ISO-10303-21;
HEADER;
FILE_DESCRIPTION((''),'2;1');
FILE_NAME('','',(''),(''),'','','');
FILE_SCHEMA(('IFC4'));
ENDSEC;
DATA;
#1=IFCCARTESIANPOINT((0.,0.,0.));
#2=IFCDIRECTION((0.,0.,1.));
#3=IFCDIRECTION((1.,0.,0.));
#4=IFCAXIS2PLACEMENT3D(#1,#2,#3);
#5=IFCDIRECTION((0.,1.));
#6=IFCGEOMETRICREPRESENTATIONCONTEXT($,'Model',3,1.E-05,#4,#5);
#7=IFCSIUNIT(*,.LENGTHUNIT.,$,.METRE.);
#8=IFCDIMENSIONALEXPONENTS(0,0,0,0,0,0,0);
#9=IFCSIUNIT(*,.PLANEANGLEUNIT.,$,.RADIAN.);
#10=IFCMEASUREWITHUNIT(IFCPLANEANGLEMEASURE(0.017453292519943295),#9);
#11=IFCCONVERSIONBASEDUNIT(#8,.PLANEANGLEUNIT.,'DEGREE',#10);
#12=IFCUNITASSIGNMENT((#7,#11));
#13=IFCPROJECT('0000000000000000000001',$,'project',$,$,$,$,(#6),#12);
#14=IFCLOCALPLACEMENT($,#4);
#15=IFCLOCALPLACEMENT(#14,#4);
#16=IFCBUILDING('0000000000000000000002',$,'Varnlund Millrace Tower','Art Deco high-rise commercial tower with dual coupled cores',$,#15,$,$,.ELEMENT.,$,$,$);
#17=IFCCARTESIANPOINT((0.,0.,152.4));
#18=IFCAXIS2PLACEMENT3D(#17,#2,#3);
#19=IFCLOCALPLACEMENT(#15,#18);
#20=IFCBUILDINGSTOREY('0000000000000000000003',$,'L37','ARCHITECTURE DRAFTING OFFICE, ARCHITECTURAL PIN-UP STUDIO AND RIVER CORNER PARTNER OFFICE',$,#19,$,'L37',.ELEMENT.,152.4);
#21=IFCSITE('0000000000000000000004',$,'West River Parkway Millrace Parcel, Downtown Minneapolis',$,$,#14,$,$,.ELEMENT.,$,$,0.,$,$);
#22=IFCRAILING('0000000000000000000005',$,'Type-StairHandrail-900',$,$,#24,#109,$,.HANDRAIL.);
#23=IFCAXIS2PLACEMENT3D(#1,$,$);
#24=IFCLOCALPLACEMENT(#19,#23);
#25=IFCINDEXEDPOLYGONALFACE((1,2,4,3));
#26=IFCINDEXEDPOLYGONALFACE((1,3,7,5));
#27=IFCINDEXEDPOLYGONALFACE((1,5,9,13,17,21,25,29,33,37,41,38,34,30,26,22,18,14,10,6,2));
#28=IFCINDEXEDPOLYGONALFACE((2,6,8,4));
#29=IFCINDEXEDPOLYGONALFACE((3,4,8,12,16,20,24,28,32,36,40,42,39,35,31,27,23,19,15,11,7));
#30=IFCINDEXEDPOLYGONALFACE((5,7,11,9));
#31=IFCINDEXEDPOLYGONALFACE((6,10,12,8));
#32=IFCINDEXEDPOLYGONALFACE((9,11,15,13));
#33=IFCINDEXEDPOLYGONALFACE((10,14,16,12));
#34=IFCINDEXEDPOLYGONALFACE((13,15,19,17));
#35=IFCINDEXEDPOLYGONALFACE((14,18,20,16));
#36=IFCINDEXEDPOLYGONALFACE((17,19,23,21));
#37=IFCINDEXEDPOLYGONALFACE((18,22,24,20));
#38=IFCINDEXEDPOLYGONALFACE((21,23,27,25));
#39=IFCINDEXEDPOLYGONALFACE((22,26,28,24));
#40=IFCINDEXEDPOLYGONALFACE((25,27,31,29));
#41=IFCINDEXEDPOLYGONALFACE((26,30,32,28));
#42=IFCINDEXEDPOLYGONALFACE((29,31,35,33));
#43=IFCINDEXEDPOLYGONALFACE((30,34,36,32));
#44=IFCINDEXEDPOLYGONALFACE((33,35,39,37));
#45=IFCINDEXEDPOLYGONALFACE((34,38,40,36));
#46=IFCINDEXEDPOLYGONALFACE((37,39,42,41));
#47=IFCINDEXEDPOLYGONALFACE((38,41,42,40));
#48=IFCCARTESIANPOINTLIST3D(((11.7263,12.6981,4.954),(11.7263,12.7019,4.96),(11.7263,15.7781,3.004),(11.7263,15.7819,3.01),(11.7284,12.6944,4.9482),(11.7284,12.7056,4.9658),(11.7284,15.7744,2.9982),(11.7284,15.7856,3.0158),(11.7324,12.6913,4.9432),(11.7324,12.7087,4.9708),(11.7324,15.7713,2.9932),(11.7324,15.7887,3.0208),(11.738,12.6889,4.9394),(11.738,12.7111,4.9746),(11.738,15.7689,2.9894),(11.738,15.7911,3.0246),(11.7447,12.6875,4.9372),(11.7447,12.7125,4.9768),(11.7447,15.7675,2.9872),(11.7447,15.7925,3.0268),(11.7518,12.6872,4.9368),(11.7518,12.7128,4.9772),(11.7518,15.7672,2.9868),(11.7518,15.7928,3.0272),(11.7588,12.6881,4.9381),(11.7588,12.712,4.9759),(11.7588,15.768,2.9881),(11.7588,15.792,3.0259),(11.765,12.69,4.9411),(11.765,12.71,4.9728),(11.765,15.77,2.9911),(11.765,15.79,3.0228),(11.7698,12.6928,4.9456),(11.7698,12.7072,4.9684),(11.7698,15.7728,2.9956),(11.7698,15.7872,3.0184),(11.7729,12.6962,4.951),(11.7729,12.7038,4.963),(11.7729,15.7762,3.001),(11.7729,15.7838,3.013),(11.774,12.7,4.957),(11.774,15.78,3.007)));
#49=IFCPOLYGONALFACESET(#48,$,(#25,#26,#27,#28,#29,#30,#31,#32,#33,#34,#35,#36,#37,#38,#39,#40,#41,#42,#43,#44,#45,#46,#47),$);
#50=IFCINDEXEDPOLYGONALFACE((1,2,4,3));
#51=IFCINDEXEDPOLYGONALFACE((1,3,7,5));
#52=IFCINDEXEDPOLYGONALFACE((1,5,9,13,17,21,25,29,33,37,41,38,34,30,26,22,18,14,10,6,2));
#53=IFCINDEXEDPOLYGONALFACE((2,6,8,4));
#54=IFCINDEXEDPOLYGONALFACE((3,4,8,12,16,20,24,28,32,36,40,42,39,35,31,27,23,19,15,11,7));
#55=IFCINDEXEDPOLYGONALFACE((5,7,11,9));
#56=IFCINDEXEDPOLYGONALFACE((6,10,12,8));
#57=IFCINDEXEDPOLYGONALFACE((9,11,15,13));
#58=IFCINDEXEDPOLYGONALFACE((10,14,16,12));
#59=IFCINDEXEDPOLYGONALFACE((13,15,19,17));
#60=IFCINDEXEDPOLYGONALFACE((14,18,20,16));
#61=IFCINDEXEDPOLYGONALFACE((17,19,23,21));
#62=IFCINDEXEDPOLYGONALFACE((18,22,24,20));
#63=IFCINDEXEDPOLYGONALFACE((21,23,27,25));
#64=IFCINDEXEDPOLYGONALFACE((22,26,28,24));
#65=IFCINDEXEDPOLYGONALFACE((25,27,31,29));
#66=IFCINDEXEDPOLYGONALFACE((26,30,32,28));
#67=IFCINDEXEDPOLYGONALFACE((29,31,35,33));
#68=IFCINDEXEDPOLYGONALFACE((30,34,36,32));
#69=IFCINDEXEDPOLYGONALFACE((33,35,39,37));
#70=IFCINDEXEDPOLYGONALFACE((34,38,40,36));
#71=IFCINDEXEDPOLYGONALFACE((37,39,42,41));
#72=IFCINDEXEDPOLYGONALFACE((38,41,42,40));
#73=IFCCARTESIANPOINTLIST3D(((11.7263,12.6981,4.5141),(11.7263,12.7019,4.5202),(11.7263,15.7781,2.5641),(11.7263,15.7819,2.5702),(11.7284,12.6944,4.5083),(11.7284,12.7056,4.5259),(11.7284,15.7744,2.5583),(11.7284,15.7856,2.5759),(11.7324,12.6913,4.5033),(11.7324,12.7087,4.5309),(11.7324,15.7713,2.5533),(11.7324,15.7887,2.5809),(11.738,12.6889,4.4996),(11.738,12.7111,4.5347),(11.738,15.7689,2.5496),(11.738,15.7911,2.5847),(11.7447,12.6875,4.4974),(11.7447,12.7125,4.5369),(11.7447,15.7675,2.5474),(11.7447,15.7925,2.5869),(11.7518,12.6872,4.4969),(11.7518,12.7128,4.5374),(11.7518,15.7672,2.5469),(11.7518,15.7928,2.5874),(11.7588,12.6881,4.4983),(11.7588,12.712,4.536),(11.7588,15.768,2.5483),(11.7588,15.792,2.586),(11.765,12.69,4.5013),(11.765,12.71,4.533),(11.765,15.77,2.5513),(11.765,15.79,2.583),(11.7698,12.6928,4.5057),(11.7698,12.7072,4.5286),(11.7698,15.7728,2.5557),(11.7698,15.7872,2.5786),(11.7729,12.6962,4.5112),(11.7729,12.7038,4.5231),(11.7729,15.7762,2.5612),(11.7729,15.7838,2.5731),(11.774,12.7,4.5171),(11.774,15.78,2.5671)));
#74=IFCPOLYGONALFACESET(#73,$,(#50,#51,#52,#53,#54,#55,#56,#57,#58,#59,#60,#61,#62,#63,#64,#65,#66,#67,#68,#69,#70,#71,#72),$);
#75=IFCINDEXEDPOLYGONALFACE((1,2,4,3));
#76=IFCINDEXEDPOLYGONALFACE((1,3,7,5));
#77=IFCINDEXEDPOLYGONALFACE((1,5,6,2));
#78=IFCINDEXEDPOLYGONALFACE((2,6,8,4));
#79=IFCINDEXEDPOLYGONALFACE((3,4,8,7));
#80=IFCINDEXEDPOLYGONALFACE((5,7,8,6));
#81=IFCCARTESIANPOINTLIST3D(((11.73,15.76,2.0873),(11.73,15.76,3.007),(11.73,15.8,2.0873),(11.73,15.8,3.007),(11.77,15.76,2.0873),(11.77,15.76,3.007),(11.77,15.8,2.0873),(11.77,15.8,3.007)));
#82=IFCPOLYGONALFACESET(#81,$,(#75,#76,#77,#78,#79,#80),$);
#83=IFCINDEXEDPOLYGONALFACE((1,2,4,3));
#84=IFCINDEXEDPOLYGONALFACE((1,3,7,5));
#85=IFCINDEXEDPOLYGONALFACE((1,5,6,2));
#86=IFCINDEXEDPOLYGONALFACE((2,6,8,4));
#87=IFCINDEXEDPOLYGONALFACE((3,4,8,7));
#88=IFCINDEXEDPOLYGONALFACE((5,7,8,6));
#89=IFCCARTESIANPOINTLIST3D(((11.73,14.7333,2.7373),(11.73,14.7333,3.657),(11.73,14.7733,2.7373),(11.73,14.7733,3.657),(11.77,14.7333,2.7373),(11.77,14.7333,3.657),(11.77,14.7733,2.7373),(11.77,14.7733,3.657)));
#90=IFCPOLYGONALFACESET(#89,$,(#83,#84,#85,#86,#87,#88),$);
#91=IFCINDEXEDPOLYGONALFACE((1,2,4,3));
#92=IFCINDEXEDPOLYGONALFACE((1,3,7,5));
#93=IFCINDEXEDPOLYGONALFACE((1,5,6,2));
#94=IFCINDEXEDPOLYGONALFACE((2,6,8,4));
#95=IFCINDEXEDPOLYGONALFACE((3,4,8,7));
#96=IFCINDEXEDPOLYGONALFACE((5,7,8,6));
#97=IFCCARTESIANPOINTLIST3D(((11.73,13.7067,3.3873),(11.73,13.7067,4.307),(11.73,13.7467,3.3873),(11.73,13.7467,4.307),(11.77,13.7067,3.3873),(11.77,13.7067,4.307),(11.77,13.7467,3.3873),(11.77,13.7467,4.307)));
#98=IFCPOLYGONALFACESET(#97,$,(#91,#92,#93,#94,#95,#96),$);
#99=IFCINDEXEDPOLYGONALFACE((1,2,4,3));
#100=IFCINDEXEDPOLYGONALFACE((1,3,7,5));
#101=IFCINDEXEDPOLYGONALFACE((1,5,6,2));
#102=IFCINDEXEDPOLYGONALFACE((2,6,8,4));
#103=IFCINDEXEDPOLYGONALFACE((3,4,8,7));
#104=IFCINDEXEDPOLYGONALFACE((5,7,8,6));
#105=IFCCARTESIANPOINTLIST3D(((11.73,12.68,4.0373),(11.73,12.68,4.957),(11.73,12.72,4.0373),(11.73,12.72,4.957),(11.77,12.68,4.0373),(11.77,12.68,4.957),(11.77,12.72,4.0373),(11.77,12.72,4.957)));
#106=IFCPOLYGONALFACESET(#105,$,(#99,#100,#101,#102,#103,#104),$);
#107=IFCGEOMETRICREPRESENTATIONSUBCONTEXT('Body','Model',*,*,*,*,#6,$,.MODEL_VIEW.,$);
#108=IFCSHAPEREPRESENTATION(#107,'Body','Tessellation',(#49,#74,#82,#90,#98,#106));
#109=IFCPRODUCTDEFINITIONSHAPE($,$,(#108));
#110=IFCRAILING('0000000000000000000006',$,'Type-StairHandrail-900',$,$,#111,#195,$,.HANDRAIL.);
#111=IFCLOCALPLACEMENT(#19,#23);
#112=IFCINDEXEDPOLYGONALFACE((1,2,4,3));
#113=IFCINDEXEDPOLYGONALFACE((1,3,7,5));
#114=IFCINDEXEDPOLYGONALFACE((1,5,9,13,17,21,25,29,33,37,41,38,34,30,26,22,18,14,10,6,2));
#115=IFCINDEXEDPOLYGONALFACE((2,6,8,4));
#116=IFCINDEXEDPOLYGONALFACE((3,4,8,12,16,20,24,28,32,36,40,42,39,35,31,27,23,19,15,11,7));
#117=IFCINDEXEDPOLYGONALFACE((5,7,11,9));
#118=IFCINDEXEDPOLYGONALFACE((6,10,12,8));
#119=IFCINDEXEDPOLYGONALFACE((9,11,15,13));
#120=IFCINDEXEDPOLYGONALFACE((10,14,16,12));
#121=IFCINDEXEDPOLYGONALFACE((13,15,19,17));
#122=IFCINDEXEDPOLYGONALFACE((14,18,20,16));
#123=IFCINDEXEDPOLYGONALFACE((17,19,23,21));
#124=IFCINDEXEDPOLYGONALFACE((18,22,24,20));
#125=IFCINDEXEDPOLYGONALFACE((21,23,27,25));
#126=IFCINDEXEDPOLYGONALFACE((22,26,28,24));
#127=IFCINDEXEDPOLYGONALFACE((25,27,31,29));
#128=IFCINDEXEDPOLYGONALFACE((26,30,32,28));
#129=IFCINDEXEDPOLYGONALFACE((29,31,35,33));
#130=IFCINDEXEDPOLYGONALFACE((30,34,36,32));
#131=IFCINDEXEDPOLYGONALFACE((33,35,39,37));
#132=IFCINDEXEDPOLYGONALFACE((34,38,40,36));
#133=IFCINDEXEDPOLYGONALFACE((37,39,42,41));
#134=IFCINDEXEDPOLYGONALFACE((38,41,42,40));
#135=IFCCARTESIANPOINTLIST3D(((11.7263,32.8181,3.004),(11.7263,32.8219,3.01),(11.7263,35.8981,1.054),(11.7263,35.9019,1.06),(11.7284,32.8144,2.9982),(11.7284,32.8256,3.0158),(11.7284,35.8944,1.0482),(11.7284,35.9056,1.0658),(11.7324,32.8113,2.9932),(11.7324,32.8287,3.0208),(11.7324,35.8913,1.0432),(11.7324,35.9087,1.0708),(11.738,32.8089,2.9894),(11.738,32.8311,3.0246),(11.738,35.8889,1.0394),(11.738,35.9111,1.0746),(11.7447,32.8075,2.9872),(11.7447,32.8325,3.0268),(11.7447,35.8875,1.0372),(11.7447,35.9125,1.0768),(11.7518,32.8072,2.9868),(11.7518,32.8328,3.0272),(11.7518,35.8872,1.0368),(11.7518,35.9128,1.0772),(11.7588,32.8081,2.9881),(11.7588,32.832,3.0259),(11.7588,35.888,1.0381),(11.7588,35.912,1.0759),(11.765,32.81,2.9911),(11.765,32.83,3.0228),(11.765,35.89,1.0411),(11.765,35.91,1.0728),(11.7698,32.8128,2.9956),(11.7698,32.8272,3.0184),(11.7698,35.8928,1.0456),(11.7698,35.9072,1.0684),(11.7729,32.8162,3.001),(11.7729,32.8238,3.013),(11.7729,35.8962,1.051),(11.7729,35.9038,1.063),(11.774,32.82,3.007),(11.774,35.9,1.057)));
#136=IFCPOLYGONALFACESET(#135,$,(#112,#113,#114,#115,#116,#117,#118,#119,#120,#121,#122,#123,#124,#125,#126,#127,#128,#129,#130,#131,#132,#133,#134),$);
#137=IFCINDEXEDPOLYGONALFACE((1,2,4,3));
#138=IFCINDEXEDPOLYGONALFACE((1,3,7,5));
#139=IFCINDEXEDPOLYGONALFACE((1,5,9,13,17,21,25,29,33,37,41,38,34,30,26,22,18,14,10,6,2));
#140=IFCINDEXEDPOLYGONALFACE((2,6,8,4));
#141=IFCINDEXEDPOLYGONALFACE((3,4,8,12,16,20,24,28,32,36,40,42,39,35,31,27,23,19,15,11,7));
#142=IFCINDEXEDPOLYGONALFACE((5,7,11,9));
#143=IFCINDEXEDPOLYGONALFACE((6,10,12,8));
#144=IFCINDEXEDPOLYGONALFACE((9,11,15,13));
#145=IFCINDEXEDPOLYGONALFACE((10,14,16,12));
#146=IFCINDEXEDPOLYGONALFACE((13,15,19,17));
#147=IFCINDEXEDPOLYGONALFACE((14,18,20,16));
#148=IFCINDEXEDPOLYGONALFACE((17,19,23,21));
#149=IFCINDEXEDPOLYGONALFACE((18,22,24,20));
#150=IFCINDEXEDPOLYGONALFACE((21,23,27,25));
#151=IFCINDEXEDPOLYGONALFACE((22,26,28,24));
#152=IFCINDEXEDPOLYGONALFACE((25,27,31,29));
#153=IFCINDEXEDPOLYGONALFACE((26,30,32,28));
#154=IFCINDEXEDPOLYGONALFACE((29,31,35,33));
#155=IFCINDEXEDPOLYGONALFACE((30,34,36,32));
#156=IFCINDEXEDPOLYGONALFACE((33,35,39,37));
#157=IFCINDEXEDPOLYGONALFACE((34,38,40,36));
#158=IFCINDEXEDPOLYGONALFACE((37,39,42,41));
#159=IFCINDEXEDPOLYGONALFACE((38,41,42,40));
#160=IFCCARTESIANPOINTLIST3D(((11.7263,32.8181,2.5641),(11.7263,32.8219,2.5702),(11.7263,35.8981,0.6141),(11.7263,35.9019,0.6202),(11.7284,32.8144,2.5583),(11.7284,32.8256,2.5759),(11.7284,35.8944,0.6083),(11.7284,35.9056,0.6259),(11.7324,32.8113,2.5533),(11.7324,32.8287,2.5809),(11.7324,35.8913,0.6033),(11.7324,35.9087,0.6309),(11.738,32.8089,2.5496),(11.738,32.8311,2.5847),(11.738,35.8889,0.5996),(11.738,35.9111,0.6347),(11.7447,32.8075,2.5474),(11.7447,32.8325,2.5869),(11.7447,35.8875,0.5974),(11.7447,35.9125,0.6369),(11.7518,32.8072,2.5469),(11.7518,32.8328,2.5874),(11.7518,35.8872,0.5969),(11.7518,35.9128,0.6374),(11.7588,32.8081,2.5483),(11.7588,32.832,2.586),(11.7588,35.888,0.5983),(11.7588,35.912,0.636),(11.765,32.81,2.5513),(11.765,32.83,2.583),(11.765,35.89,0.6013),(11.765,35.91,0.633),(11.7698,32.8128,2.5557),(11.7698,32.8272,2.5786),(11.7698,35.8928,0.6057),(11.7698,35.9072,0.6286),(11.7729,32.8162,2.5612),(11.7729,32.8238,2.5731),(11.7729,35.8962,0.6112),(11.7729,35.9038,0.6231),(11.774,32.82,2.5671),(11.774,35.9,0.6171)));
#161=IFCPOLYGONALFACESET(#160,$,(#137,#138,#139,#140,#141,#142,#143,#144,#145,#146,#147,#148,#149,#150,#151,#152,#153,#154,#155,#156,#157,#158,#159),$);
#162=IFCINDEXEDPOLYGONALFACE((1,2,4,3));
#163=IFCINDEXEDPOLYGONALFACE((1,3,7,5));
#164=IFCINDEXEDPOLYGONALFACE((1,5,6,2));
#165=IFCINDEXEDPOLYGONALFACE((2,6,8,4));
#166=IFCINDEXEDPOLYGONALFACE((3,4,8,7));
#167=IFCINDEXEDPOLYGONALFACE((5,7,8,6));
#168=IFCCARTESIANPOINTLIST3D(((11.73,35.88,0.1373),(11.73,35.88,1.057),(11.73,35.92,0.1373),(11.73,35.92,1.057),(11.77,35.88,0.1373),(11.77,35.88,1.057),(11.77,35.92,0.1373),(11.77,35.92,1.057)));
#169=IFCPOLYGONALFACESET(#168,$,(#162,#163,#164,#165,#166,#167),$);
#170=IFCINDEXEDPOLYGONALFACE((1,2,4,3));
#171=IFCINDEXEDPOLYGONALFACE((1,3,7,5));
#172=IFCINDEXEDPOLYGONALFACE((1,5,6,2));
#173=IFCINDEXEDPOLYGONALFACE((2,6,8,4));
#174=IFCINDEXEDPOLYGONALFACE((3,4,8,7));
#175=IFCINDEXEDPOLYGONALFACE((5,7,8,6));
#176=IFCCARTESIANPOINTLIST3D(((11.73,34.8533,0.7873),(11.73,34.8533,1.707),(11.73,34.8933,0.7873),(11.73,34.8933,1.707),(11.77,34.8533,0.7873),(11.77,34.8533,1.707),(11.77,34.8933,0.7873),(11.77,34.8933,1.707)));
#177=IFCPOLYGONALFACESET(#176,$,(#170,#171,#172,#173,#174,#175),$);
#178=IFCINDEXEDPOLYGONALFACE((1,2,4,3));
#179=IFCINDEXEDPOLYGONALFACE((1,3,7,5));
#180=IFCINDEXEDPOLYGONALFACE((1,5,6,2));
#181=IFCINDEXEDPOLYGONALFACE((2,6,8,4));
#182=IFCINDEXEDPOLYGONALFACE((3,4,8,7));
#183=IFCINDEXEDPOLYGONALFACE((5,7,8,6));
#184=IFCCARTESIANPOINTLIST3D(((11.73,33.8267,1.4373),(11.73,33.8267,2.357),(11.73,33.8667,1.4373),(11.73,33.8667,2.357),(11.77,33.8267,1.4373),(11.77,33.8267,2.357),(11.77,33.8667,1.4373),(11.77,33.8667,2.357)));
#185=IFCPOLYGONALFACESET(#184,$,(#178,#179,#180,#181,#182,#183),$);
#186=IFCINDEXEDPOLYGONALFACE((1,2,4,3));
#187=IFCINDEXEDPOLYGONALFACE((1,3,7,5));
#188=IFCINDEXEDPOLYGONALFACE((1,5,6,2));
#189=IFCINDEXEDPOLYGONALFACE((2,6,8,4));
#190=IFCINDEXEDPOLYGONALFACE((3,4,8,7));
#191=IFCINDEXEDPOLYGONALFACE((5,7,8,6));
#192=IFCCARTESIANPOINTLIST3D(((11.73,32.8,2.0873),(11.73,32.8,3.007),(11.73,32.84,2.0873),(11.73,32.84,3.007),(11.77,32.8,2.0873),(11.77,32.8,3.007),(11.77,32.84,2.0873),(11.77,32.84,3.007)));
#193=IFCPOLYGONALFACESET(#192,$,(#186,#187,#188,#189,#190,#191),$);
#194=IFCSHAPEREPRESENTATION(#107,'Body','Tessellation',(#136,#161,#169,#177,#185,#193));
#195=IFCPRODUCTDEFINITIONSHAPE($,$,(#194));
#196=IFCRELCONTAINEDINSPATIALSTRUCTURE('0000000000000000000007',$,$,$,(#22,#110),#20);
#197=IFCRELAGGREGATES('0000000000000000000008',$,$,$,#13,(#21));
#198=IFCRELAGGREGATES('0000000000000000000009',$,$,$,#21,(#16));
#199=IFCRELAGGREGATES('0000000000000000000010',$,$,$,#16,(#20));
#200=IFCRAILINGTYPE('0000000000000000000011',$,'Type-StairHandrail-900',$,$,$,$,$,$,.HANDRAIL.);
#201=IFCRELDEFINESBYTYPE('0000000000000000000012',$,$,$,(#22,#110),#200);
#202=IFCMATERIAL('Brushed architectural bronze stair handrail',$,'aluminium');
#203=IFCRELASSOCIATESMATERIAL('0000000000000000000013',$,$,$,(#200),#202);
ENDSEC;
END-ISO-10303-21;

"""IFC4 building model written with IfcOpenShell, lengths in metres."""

from ifc_helpers import new_model, entity, si_unit, converted_unit, direction, frame, origin_with_axes, origin_2d_with_axis, place, context, subcontext, project, spatial, rectangle, circle, extrude, material, type_object, element, save


model = new_model("IFC4")

# Units and contexts
model_context = context("Model", 3, precision=1e-05, world=origin_with_axes(), true_north=direction((0.0, 1.0)))
body_context = subcontext(model_context, "Body", "Model", "MODEL_VIEW")
ifc_project = project(units=[si_unit("LENGTHUNIT", "METRE"), converted_unit("PLANEANGLEUNIT", "DEGREE", entity("IfcPlaneAngleMeasure", 0.017453292519943295), si_unit("PLANEANGLEUNIT", "RADIAN"), dimensions=[0, 0, 0, 0, 0, 0, 0])], contexts=[model_context])

# Site, building, storey
site_placement = place(None, origin_with_axes())
site = spatial("IfcSite", under=ifc_project, at=site_placement, Name="West River Parkway Millrace Parcel, Downtown Minneapolis", CompositionType="ELEMENT", RefElevation=0.0)
building_placement = place(site_placement, origin_with_axes())
building = spatial("IfcBuilding", under=site, at=building_placement, Name="Varnlund Millrace Tower", Description="Art Deco high-rise commercial tower with dual coupled cores", CompositionType="ELEMENT")
storey_placement = place(building_placement, frame((0.0, 0.0, 152.4), z_axis=(0.0, 0.0, 1.0), x_axis=(1.0, 0.0, 0.0)))
storey = spatial("IfcBuildingStorey", under=building, at=storey_placement, Name="L37", Description="ARCHITECTURE DRAFTING OFFICE, ARCHITECTURAL PIN-UP STUDIO AND RIVER CORNER PARTNER OFFICE", LongName="L37", CompositionType="ELEMENT", Elevation=152.4)

# Railings
ifc_material_1 = material(Name="Brushed architectural bronze stair handrail", Category="aluminium")
railing_type_1 = type_object("IfcRailingType", Name="Type-StairHandrail-900", PredefinedType="HANDRAIL", material=ifc_material_1)
railing_1_placement = place(storey_placement, frame((0.0, 0.0, -152.4), z_axis=(0.0, 0.0, 1.0), x_axis=(1.0, 0.0, 0.0)))
element("IfcRailing", 1, at=railing_1_placement, inside=storey, type_object=railing_type_1, Name="Type-StairHandrail-900", PredefinedType="HANDRAIL", context=body_context, shape_type="SweptSolid", body=[
    extrude(circle(Radius=0.024, at=origin_2d_with_axis()), frame((11.75, 15.78, 155.407), z_axis=(0.0, -0.844902, 0.534922), x_axis=(1.0, 0.0, 0.0)), (0.0, 0.0, 1.0), 3.6454),
    extrude(circle(Radius=0.024, at=origin_2d_with_axis()), frame((11.75, 15.78, 154.9671), z_axis=(0.0, -0.844902, 0.534922), x_axis=(1.0, 0.0, 0.0)), (0.0, 0.0, 1.0), 3.6454),
    extrude(rectangle(XDim=0.04, YDim=0.04, at=origin_2d_with_axis()), frame((11.75, 15.78, 154.4873), z_axis=(0.0, 0.0, 1.0), x_axis=(1.0, 0.0, 0.0)), (0.0, 0.0, 1.0), 0.9197),
    extrude(rectangle(XDim=0.04, YDim=0.04, at=origin_2d_with_axis()), frame((11.75, 14.7533, 155.1373), z_axis=(0.0, 0.0, 1.0), x_axis=(1.0, 0.0, 0.0)), (0.0, 0.0, 1.0), 0.9197),
    extrude(rectangle(XDim=0.04, YDim=0.04, at=origin_2d_with_axis()), frame((11.75, 13.7267, 155.7873), z_axis=(0.0, 0.0, 1.0), x_axis=(1.0, 0.0, 0.0)), (0.0, 0.0, 1.0), 0.9197),
    extrude(rectangle(XDim=0.04, YDim=0.04, at=origin_2d_with_axis()), frame((11.75, 12.7, 156.4373), z_axis=(0.0, 0.0, 1.0), x_axis=(1.0, 0.0, 0.0)), (0.0, 0.0, 1.0), 0.9197),
])
railing_2_placement = place(storey_placement, frame((0.0, 0.0, -152.4), z_axis=(0.0, 0.0, 1.0), x_axis=(1.0, 0.0, 0.0)))
element("IfcRailing", 2, at=railing_2_placement, inside=storey, type_object=railing_type_1, Name="Type-StairHandrail-900", PredefinedType="HANDRAIL", context=body_context, shape_type="SweptSolid", body=[
    extrude(circle(Radius=0.024, at=origin_2d_with_axis()), frame((11.75, 35.9, 153.457), z_axis=(0.0, -0.844902, 0.534922), x_axis=(1.0, 0.0, 0.0)), (0.0, 0.0, 1.0), 3.6454),
    extrude(circle(Radius=0.024, at=origin_2d_with_axis()), frame((11.75, 35.9, 153.0171), z_axis=(0.0, -0.844902, 0.534922), x_axis=(1.0, 0.0, 0.0)), (0.0, 0.0, 1.0), 3.6454),
    extrude(rectangle(XDim=0.04, YDim=0.04, at=origin_2d_with_axis()), frame((11.75, 35.9, 152.5373), z_axis=(0.0, 0.0, 1.0), x_axis=(1.0, 0.0, 0.0)), (0.0, 0.0, 1.0), 0.9197),
    extrude(rectangle(XDim=0.04, YDim=0.04, at=origin_2d_with_axis()), frame((11.75, 34.8733, 153.1873), z_axis=(0.0, 0.0, 1.0), x_axis=(1.0, 0.0, 0.0)), (0.0, 0.0, 1.0), 0.9197),
    extrude(rectangle(XDim=0.04, YDim=0.04, at=origin_2d_with_axis()), frame((11.75, 33.8467, 153.8373), z_axis=(0.0, 0.0, 1.0), x_axis=(1.0, 0.0, 0.0)), (0.0, 0.0, 1.0), 0.9197),
    extrude(rectangle(XDim=0.04, YDim=0.04, at=origin_2d_with_axis()), frame((11.75, 32.82, 154.4873), z_axis=(0.0, 0.0, 1.0), x_axis=(1.0, 0.0, 0.0)), (0.0, 0.0, 1.0), 0.9197),
])

save(model, "model.ifc")
